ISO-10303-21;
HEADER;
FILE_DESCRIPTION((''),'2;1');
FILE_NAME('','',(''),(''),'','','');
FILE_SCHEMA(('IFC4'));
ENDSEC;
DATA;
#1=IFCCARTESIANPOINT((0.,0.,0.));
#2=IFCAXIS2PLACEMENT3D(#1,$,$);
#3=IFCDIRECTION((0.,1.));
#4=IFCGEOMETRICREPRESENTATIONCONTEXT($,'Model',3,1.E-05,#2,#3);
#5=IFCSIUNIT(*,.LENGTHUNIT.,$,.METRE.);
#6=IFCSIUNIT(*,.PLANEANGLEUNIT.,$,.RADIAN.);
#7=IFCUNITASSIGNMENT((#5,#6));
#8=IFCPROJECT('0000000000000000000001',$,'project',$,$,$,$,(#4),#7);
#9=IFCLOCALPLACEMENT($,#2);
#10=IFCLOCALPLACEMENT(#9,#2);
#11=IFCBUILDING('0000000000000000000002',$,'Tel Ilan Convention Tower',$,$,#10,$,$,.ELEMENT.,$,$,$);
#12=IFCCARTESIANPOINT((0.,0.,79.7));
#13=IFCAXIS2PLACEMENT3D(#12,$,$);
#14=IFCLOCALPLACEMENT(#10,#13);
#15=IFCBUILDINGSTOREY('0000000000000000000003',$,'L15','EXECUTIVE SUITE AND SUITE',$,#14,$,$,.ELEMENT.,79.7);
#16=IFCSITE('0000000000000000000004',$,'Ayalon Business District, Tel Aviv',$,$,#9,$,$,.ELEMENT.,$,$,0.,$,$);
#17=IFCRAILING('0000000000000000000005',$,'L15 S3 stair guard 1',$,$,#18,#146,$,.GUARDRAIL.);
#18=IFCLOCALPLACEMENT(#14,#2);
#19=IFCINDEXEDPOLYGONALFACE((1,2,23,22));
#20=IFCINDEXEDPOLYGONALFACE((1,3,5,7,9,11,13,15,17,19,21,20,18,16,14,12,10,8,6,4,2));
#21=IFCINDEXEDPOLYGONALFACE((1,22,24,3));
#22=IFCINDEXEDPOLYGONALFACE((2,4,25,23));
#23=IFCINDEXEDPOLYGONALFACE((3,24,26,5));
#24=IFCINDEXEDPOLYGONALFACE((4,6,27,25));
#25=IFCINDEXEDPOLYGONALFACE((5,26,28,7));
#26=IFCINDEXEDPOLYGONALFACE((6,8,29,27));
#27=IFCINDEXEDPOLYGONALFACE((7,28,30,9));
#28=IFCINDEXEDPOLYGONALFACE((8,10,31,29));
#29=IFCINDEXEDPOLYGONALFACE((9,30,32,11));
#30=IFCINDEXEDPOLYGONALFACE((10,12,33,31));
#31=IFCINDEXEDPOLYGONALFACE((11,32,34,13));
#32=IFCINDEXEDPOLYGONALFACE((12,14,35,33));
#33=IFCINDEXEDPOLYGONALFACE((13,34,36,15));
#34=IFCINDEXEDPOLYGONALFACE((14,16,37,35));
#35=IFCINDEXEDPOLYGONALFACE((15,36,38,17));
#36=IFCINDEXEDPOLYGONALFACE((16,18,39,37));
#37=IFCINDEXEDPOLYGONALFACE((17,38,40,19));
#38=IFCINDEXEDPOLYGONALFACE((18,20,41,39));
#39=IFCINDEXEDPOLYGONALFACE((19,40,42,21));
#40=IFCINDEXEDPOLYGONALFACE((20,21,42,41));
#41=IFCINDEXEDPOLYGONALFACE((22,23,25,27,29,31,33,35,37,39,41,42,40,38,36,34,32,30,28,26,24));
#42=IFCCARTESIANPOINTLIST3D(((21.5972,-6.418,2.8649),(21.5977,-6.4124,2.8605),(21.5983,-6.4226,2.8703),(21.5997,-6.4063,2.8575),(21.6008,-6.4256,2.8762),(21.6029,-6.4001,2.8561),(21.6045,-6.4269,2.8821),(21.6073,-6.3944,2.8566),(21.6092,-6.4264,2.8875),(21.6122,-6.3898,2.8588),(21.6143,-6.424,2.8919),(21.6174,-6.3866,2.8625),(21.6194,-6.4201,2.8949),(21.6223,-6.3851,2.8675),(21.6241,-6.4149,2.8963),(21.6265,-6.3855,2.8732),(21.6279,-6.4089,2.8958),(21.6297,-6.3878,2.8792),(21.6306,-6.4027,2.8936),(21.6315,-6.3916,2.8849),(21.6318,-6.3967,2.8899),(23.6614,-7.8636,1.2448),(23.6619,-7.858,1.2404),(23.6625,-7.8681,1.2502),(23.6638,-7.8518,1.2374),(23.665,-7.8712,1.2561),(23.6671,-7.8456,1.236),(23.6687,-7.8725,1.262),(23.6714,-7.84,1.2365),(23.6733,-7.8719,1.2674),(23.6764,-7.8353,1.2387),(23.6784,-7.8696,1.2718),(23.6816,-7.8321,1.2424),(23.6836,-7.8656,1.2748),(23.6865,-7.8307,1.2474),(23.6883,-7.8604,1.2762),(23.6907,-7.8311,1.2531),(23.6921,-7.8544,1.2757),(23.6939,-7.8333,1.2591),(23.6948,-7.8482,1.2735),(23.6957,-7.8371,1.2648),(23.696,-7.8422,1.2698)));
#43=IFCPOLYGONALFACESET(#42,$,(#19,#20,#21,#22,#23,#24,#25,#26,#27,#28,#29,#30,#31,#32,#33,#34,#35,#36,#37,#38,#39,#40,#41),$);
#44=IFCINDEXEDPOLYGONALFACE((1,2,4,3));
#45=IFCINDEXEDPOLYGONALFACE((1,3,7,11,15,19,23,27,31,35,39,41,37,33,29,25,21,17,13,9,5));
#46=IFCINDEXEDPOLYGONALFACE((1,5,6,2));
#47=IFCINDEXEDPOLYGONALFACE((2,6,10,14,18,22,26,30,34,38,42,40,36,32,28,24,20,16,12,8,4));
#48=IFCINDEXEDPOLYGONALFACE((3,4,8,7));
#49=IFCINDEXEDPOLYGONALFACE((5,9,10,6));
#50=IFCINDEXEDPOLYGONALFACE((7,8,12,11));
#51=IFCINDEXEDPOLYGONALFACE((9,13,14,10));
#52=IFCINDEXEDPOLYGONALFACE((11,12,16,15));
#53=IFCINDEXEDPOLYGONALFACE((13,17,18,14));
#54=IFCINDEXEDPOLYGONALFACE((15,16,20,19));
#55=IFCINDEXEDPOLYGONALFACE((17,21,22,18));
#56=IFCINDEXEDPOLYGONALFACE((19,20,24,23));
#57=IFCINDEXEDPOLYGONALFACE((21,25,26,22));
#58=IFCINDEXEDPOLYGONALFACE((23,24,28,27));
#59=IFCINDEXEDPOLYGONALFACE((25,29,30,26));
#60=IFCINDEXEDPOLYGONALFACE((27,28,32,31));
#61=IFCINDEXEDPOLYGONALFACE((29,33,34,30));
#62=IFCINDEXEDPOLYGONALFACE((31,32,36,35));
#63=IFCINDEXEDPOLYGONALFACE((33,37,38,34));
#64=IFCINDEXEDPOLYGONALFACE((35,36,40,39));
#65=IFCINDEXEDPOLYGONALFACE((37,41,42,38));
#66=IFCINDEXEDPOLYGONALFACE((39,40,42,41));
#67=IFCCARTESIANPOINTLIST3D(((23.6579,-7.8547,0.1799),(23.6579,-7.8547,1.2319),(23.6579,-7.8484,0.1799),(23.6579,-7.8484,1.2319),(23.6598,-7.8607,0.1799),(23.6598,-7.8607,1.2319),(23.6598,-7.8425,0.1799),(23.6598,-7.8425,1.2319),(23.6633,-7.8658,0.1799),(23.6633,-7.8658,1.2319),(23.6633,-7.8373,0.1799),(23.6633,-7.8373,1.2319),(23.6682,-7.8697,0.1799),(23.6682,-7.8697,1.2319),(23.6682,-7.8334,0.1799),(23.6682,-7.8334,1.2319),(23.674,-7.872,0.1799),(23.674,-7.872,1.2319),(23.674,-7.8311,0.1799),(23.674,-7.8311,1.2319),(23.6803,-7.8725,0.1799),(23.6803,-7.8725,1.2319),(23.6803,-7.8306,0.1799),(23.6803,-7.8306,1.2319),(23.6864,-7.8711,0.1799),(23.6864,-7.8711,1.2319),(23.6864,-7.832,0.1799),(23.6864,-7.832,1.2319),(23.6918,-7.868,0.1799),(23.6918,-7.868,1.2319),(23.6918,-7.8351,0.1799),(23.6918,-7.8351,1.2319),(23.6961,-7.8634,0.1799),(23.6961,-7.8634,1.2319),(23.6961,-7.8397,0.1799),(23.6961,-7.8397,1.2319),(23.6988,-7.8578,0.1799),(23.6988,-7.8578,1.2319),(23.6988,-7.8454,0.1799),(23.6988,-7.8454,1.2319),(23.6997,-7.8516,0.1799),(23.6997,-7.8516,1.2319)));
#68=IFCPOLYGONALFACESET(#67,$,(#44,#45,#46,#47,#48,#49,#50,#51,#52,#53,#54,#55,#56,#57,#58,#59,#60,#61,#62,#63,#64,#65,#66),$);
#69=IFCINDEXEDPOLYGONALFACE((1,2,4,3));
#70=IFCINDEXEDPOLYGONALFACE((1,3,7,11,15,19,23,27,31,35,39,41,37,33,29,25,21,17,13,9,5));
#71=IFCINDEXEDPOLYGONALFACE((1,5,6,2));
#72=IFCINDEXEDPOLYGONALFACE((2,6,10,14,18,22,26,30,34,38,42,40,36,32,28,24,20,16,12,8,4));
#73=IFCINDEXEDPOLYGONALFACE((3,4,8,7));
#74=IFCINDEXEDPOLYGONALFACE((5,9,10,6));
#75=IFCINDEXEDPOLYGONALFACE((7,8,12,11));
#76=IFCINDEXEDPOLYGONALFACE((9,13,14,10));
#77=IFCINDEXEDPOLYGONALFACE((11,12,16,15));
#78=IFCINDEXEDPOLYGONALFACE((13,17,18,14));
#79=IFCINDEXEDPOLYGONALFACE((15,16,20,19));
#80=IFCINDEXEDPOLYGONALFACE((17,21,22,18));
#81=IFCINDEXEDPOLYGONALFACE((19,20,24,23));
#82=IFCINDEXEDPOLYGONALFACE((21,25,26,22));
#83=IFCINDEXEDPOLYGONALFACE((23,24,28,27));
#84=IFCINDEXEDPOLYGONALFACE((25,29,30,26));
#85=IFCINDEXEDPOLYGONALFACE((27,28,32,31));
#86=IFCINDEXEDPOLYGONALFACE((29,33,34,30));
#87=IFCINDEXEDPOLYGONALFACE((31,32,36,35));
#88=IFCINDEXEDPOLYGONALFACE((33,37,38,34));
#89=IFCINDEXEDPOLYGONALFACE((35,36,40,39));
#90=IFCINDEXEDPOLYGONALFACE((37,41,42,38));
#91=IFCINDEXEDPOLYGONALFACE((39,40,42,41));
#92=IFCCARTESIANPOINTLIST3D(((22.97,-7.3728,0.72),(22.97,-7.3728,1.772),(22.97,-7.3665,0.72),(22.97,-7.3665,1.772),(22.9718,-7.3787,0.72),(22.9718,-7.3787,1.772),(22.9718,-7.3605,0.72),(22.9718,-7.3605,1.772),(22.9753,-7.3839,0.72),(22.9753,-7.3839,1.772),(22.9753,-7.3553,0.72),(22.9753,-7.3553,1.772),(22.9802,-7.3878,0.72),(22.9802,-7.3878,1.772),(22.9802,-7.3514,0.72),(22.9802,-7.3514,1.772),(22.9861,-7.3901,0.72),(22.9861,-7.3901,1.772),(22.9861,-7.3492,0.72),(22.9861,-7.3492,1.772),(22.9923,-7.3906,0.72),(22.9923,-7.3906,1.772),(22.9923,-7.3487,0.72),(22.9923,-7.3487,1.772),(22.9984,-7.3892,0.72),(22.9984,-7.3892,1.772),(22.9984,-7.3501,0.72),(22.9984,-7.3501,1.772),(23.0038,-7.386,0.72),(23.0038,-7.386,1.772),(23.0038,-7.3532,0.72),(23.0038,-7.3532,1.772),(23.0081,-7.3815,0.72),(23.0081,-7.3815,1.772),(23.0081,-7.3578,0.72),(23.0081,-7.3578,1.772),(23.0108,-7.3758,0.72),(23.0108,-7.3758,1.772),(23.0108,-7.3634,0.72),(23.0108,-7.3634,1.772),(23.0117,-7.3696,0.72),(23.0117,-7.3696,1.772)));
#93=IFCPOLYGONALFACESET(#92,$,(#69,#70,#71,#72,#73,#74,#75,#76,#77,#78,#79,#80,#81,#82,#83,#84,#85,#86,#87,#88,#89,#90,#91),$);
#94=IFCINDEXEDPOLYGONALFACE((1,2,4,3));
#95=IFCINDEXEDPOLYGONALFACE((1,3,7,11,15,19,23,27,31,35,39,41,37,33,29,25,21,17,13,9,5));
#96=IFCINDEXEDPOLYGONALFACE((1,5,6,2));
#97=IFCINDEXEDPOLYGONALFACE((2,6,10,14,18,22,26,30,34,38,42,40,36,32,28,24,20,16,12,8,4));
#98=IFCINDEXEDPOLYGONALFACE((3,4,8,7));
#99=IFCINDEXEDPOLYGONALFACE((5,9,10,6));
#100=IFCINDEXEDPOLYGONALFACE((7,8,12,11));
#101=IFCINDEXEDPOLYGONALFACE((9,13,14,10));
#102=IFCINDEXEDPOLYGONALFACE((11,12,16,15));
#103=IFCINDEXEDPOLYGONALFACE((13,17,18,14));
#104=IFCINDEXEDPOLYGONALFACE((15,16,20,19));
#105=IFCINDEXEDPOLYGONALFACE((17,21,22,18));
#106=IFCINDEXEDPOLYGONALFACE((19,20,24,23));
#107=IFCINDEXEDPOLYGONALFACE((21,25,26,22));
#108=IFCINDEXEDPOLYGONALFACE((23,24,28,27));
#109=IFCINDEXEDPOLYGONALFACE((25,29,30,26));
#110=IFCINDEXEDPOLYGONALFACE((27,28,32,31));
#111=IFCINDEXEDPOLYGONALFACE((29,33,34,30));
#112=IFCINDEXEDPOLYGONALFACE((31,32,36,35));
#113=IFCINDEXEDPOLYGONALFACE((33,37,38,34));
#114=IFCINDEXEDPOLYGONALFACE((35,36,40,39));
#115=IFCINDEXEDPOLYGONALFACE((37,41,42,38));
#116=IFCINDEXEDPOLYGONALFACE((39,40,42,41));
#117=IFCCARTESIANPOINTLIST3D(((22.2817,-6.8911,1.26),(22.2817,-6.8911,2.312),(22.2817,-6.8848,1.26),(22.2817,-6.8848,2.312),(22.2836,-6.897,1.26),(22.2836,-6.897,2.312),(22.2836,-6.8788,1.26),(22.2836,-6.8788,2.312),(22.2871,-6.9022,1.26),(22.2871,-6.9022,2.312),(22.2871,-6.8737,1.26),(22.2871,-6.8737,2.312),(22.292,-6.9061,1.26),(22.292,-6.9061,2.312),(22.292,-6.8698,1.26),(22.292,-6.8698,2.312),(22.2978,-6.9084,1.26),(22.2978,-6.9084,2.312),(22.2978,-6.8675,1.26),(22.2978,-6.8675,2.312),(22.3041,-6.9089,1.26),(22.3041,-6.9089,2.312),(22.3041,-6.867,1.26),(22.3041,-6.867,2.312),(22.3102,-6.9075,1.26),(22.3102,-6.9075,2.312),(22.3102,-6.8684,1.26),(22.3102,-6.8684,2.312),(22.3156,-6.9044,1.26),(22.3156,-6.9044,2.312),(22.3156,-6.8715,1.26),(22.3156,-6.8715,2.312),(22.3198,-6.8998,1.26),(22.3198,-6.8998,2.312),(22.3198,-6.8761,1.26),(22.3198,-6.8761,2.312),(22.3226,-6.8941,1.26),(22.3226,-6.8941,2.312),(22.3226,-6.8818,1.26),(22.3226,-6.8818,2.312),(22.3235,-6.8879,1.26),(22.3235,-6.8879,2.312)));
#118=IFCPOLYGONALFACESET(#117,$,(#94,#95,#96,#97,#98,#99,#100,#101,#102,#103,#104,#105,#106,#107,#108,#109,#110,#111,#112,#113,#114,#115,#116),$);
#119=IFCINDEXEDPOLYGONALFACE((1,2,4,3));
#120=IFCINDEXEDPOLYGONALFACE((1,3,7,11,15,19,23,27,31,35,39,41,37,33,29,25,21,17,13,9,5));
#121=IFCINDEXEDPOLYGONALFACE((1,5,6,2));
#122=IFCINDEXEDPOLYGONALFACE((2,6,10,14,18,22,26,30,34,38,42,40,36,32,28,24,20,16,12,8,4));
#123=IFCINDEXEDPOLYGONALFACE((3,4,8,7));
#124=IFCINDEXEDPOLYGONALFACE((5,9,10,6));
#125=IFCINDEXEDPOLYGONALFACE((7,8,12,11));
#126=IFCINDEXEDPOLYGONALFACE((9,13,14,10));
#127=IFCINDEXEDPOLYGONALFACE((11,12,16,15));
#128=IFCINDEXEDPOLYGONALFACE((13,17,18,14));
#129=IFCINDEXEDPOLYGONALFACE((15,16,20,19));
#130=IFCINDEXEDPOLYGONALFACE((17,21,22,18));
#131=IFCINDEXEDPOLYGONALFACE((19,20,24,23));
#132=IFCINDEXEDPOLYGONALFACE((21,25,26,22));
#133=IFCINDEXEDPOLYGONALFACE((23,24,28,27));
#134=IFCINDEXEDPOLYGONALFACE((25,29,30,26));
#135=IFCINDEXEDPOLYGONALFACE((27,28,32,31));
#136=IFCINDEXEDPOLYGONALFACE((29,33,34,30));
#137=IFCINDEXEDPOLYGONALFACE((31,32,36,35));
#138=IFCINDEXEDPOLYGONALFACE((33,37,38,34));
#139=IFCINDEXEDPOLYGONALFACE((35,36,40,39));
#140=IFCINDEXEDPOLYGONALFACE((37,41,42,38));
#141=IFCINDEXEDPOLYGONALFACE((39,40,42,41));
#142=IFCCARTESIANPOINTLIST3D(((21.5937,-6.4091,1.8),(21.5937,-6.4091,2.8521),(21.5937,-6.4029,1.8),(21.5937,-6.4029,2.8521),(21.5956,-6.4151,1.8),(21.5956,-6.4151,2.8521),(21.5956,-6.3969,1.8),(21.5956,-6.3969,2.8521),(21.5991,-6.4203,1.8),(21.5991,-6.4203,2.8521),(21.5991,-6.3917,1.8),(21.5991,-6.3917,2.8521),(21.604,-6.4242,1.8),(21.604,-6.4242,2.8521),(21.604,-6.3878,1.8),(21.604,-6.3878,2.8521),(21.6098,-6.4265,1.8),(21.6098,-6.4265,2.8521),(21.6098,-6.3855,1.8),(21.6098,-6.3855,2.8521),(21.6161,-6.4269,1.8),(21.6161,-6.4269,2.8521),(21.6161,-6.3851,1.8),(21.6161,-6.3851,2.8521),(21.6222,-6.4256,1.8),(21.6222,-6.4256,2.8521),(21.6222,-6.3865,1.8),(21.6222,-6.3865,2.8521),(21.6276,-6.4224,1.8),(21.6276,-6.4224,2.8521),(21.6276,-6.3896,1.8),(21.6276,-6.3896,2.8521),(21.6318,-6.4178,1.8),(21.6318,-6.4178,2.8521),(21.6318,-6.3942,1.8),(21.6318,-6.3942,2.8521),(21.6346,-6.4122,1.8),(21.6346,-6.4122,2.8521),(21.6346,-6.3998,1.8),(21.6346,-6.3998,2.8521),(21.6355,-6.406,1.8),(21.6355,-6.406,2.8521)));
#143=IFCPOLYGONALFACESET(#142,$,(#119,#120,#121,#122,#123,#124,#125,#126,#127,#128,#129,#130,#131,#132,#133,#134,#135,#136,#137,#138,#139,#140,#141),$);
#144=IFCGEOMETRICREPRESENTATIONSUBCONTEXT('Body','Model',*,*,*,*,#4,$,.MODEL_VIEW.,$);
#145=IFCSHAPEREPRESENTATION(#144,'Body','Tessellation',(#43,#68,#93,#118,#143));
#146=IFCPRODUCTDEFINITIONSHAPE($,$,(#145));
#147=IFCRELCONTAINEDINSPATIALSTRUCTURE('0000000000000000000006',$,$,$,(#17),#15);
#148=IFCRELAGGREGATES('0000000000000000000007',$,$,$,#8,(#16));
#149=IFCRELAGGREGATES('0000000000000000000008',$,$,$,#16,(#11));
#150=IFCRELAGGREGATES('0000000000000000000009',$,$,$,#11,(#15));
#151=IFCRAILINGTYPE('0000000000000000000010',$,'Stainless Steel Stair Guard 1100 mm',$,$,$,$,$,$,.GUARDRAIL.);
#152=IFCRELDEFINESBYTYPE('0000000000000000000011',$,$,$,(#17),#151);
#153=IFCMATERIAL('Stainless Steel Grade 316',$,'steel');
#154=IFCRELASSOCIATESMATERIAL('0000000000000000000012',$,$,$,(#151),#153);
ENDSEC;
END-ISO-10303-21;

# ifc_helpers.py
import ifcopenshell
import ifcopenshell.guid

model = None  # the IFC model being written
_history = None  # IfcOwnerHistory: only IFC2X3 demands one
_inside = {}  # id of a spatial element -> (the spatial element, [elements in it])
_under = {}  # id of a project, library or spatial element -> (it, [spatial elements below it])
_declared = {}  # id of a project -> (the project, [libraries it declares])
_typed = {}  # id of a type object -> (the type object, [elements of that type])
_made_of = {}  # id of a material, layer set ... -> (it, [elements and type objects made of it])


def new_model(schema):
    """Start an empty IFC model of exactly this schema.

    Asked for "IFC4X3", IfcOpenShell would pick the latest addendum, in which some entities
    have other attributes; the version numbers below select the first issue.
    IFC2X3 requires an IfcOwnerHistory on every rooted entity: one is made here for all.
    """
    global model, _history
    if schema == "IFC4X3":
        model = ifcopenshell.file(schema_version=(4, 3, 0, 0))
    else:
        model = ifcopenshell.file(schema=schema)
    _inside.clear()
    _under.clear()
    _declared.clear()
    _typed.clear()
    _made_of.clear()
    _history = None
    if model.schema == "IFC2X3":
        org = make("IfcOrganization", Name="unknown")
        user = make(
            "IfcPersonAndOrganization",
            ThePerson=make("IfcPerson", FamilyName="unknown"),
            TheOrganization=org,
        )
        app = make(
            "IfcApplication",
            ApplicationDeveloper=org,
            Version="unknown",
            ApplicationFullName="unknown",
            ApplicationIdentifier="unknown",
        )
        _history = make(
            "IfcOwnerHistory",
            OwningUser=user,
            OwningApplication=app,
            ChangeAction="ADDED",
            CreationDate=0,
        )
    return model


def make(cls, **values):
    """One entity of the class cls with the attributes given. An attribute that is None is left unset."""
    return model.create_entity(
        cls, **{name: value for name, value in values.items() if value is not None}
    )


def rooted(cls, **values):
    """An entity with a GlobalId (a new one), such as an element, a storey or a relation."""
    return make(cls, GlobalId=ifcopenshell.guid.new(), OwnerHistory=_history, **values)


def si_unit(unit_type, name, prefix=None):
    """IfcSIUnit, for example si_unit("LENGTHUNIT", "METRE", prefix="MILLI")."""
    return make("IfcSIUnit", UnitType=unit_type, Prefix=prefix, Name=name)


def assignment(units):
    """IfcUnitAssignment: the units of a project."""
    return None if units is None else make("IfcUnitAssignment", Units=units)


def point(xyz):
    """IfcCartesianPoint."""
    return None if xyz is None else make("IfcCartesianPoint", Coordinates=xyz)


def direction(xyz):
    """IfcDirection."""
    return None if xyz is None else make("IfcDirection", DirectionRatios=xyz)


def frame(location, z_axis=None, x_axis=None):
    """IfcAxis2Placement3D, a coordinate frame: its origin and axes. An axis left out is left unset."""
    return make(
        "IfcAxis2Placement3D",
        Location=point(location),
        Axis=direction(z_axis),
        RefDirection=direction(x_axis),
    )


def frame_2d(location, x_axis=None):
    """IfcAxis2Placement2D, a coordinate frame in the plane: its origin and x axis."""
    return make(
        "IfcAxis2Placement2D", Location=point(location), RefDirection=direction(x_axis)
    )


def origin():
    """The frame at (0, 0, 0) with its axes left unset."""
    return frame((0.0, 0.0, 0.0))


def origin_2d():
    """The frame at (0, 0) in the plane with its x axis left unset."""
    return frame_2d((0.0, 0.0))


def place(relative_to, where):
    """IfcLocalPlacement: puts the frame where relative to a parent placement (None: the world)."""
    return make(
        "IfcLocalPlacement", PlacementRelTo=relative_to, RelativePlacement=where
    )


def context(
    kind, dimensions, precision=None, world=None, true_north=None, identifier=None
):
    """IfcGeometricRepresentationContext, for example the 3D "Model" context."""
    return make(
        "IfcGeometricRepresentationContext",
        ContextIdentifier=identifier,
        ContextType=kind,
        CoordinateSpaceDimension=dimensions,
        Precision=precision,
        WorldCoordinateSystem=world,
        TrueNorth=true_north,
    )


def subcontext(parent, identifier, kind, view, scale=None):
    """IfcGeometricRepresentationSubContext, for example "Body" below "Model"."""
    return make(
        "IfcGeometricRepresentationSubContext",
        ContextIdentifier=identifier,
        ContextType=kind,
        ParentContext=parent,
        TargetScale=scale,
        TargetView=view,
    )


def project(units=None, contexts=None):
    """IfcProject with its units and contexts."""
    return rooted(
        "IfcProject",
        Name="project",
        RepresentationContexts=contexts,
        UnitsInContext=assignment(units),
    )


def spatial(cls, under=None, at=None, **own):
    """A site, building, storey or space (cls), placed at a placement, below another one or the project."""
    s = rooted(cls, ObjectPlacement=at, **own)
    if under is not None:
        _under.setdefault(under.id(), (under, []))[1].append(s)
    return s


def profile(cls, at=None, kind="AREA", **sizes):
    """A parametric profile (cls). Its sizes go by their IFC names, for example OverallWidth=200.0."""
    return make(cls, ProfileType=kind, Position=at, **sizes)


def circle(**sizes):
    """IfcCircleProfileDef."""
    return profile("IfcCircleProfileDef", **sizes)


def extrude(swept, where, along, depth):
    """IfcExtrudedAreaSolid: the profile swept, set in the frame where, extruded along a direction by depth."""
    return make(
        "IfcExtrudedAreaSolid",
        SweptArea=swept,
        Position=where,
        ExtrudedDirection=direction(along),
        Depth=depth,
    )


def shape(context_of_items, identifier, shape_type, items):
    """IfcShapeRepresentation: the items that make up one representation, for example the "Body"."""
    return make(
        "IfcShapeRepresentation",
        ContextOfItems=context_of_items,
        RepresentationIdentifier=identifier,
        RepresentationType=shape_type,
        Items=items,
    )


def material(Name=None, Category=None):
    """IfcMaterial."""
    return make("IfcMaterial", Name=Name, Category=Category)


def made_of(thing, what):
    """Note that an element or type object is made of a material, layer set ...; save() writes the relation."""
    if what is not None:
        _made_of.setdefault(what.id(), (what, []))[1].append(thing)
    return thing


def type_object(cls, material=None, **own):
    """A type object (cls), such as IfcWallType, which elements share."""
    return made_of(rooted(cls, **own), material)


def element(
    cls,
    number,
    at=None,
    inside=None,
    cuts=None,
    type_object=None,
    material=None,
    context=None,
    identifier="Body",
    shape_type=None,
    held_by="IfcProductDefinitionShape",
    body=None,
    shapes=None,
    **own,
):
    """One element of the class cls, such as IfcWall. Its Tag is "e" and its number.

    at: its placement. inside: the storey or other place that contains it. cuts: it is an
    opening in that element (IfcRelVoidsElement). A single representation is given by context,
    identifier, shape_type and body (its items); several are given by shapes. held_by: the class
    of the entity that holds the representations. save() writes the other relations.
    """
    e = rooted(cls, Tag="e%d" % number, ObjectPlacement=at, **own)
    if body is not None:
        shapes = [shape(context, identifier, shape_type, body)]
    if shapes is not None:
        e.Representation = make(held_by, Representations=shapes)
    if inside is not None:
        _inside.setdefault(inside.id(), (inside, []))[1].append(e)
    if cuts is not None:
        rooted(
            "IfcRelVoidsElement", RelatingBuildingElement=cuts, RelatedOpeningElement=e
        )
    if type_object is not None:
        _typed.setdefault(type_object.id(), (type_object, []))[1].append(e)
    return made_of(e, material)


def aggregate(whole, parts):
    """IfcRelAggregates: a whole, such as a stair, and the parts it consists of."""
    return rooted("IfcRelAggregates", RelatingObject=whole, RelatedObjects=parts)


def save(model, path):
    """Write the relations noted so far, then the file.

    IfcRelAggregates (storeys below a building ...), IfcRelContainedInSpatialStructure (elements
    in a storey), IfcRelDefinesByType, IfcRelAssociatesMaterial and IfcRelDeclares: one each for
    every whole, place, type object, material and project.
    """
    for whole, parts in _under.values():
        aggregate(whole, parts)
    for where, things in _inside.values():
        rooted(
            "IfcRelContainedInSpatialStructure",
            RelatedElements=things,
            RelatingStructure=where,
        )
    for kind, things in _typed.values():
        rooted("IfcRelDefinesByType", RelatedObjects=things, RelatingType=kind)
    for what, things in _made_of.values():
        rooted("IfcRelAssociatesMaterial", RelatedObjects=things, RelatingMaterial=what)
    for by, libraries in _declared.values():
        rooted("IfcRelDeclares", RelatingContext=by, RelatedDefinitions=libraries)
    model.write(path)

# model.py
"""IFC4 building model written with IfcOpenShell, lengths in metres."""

from ifc_helpers import new_model, si_unit, direction, frame, origin, origin_2d, place, context, subcontext, project, spatial, circle, extrude, material, type_object, element, save


model = new_model("IFC4")

# Units and contexts
model_context = context("Model", 3, precision=1e-05, world=origin(), true_north=direction((0.0, 1.0)))
body_context = subcontext(model_context, "Body", "Model", "MODEL_VIEW")
ifc_project = project(units=[si_unit("LENGTHUNIT", "METRE"), si_unit("PLANEANGLEUNIT", "RADIAN")], contexts=[model_context])

# Site, building, storey
site_placement = place(None, origin())
site = spatial("IfcSite", under=ifc_project, at=site_placement, Name="Ayalon Business District, Tel Aviv", CompositionType="ELEMENT", RefElevation=0.0)
building_placement = place(site_placement, origin())
building = spatial("IfcBuilding", under=site, at=building_placement, Name="Tel Ilan Convention Tower", CompositionType="ELEMENT")
storey_placement = place(building_placement, frame((0.0, 0.0, 79.7)))
storey = spatial("IfcBuildingStorey", under=building, at=storey_placement, Name="L15", Description="EXECUTIVE SUITE AND SUITE", CompositionType="ELEMENT", Elevation=79.7)

# Railing
ifc_material_1 = material(Name="Stainless Steel Grade 316", Category="steel")
railing_type_1 = type_object("IfcRailingType", Name="Stainless Steel Stair Guard 1100 mm", PredefinedType="GUARDRAIL", material=ifc_material_1)
railing_1_placement = place(storey_placement, frame((23.6787, -7.8516, 0.1799)))
element("IfcRailing", 1, at=railing_1_placement, inside=storey, type_object=railing_type_1, Name="L15 S3 stair guard 1", PredefinedType="GUARDRAIL", context=body_context, shape_type="SweptSolid", body=[
    extrude(circle(Radius=0.0239, at=origin_2d()), frame((0.0, 0.0, 1.0762), z_axis=(-0.689013, 0.482513, 0.540779), x_axis=(-0.573625, -0.819118, 0.0)), (0.0, 0.0, 1.0), 2.9958),
    extrude(circle(Radius=0.021, at=origin_2d()), origin(), (0.0, 0.0, 1.0), 1.052),
    extrude(circle(Radius=0.021, at=origin_2d()), frame((-0.688, 0.4819, 0.54)), (0.0, 0.0, 1.0), 1.052),
    extrude(circle(Radius=0.021, at=origin_2d()), frame((-1.3762, 0.9636, 1.0801)), (0.0, 0.0, 1.0), 1.052),
    extrude(circle(Radius=0.021, at=origin_2d()), frame((-2.0642, 1.4456, 1.6201)), (0.0, 0.0, 1.0), 1.052),
])

save(model, "model.ifc")
